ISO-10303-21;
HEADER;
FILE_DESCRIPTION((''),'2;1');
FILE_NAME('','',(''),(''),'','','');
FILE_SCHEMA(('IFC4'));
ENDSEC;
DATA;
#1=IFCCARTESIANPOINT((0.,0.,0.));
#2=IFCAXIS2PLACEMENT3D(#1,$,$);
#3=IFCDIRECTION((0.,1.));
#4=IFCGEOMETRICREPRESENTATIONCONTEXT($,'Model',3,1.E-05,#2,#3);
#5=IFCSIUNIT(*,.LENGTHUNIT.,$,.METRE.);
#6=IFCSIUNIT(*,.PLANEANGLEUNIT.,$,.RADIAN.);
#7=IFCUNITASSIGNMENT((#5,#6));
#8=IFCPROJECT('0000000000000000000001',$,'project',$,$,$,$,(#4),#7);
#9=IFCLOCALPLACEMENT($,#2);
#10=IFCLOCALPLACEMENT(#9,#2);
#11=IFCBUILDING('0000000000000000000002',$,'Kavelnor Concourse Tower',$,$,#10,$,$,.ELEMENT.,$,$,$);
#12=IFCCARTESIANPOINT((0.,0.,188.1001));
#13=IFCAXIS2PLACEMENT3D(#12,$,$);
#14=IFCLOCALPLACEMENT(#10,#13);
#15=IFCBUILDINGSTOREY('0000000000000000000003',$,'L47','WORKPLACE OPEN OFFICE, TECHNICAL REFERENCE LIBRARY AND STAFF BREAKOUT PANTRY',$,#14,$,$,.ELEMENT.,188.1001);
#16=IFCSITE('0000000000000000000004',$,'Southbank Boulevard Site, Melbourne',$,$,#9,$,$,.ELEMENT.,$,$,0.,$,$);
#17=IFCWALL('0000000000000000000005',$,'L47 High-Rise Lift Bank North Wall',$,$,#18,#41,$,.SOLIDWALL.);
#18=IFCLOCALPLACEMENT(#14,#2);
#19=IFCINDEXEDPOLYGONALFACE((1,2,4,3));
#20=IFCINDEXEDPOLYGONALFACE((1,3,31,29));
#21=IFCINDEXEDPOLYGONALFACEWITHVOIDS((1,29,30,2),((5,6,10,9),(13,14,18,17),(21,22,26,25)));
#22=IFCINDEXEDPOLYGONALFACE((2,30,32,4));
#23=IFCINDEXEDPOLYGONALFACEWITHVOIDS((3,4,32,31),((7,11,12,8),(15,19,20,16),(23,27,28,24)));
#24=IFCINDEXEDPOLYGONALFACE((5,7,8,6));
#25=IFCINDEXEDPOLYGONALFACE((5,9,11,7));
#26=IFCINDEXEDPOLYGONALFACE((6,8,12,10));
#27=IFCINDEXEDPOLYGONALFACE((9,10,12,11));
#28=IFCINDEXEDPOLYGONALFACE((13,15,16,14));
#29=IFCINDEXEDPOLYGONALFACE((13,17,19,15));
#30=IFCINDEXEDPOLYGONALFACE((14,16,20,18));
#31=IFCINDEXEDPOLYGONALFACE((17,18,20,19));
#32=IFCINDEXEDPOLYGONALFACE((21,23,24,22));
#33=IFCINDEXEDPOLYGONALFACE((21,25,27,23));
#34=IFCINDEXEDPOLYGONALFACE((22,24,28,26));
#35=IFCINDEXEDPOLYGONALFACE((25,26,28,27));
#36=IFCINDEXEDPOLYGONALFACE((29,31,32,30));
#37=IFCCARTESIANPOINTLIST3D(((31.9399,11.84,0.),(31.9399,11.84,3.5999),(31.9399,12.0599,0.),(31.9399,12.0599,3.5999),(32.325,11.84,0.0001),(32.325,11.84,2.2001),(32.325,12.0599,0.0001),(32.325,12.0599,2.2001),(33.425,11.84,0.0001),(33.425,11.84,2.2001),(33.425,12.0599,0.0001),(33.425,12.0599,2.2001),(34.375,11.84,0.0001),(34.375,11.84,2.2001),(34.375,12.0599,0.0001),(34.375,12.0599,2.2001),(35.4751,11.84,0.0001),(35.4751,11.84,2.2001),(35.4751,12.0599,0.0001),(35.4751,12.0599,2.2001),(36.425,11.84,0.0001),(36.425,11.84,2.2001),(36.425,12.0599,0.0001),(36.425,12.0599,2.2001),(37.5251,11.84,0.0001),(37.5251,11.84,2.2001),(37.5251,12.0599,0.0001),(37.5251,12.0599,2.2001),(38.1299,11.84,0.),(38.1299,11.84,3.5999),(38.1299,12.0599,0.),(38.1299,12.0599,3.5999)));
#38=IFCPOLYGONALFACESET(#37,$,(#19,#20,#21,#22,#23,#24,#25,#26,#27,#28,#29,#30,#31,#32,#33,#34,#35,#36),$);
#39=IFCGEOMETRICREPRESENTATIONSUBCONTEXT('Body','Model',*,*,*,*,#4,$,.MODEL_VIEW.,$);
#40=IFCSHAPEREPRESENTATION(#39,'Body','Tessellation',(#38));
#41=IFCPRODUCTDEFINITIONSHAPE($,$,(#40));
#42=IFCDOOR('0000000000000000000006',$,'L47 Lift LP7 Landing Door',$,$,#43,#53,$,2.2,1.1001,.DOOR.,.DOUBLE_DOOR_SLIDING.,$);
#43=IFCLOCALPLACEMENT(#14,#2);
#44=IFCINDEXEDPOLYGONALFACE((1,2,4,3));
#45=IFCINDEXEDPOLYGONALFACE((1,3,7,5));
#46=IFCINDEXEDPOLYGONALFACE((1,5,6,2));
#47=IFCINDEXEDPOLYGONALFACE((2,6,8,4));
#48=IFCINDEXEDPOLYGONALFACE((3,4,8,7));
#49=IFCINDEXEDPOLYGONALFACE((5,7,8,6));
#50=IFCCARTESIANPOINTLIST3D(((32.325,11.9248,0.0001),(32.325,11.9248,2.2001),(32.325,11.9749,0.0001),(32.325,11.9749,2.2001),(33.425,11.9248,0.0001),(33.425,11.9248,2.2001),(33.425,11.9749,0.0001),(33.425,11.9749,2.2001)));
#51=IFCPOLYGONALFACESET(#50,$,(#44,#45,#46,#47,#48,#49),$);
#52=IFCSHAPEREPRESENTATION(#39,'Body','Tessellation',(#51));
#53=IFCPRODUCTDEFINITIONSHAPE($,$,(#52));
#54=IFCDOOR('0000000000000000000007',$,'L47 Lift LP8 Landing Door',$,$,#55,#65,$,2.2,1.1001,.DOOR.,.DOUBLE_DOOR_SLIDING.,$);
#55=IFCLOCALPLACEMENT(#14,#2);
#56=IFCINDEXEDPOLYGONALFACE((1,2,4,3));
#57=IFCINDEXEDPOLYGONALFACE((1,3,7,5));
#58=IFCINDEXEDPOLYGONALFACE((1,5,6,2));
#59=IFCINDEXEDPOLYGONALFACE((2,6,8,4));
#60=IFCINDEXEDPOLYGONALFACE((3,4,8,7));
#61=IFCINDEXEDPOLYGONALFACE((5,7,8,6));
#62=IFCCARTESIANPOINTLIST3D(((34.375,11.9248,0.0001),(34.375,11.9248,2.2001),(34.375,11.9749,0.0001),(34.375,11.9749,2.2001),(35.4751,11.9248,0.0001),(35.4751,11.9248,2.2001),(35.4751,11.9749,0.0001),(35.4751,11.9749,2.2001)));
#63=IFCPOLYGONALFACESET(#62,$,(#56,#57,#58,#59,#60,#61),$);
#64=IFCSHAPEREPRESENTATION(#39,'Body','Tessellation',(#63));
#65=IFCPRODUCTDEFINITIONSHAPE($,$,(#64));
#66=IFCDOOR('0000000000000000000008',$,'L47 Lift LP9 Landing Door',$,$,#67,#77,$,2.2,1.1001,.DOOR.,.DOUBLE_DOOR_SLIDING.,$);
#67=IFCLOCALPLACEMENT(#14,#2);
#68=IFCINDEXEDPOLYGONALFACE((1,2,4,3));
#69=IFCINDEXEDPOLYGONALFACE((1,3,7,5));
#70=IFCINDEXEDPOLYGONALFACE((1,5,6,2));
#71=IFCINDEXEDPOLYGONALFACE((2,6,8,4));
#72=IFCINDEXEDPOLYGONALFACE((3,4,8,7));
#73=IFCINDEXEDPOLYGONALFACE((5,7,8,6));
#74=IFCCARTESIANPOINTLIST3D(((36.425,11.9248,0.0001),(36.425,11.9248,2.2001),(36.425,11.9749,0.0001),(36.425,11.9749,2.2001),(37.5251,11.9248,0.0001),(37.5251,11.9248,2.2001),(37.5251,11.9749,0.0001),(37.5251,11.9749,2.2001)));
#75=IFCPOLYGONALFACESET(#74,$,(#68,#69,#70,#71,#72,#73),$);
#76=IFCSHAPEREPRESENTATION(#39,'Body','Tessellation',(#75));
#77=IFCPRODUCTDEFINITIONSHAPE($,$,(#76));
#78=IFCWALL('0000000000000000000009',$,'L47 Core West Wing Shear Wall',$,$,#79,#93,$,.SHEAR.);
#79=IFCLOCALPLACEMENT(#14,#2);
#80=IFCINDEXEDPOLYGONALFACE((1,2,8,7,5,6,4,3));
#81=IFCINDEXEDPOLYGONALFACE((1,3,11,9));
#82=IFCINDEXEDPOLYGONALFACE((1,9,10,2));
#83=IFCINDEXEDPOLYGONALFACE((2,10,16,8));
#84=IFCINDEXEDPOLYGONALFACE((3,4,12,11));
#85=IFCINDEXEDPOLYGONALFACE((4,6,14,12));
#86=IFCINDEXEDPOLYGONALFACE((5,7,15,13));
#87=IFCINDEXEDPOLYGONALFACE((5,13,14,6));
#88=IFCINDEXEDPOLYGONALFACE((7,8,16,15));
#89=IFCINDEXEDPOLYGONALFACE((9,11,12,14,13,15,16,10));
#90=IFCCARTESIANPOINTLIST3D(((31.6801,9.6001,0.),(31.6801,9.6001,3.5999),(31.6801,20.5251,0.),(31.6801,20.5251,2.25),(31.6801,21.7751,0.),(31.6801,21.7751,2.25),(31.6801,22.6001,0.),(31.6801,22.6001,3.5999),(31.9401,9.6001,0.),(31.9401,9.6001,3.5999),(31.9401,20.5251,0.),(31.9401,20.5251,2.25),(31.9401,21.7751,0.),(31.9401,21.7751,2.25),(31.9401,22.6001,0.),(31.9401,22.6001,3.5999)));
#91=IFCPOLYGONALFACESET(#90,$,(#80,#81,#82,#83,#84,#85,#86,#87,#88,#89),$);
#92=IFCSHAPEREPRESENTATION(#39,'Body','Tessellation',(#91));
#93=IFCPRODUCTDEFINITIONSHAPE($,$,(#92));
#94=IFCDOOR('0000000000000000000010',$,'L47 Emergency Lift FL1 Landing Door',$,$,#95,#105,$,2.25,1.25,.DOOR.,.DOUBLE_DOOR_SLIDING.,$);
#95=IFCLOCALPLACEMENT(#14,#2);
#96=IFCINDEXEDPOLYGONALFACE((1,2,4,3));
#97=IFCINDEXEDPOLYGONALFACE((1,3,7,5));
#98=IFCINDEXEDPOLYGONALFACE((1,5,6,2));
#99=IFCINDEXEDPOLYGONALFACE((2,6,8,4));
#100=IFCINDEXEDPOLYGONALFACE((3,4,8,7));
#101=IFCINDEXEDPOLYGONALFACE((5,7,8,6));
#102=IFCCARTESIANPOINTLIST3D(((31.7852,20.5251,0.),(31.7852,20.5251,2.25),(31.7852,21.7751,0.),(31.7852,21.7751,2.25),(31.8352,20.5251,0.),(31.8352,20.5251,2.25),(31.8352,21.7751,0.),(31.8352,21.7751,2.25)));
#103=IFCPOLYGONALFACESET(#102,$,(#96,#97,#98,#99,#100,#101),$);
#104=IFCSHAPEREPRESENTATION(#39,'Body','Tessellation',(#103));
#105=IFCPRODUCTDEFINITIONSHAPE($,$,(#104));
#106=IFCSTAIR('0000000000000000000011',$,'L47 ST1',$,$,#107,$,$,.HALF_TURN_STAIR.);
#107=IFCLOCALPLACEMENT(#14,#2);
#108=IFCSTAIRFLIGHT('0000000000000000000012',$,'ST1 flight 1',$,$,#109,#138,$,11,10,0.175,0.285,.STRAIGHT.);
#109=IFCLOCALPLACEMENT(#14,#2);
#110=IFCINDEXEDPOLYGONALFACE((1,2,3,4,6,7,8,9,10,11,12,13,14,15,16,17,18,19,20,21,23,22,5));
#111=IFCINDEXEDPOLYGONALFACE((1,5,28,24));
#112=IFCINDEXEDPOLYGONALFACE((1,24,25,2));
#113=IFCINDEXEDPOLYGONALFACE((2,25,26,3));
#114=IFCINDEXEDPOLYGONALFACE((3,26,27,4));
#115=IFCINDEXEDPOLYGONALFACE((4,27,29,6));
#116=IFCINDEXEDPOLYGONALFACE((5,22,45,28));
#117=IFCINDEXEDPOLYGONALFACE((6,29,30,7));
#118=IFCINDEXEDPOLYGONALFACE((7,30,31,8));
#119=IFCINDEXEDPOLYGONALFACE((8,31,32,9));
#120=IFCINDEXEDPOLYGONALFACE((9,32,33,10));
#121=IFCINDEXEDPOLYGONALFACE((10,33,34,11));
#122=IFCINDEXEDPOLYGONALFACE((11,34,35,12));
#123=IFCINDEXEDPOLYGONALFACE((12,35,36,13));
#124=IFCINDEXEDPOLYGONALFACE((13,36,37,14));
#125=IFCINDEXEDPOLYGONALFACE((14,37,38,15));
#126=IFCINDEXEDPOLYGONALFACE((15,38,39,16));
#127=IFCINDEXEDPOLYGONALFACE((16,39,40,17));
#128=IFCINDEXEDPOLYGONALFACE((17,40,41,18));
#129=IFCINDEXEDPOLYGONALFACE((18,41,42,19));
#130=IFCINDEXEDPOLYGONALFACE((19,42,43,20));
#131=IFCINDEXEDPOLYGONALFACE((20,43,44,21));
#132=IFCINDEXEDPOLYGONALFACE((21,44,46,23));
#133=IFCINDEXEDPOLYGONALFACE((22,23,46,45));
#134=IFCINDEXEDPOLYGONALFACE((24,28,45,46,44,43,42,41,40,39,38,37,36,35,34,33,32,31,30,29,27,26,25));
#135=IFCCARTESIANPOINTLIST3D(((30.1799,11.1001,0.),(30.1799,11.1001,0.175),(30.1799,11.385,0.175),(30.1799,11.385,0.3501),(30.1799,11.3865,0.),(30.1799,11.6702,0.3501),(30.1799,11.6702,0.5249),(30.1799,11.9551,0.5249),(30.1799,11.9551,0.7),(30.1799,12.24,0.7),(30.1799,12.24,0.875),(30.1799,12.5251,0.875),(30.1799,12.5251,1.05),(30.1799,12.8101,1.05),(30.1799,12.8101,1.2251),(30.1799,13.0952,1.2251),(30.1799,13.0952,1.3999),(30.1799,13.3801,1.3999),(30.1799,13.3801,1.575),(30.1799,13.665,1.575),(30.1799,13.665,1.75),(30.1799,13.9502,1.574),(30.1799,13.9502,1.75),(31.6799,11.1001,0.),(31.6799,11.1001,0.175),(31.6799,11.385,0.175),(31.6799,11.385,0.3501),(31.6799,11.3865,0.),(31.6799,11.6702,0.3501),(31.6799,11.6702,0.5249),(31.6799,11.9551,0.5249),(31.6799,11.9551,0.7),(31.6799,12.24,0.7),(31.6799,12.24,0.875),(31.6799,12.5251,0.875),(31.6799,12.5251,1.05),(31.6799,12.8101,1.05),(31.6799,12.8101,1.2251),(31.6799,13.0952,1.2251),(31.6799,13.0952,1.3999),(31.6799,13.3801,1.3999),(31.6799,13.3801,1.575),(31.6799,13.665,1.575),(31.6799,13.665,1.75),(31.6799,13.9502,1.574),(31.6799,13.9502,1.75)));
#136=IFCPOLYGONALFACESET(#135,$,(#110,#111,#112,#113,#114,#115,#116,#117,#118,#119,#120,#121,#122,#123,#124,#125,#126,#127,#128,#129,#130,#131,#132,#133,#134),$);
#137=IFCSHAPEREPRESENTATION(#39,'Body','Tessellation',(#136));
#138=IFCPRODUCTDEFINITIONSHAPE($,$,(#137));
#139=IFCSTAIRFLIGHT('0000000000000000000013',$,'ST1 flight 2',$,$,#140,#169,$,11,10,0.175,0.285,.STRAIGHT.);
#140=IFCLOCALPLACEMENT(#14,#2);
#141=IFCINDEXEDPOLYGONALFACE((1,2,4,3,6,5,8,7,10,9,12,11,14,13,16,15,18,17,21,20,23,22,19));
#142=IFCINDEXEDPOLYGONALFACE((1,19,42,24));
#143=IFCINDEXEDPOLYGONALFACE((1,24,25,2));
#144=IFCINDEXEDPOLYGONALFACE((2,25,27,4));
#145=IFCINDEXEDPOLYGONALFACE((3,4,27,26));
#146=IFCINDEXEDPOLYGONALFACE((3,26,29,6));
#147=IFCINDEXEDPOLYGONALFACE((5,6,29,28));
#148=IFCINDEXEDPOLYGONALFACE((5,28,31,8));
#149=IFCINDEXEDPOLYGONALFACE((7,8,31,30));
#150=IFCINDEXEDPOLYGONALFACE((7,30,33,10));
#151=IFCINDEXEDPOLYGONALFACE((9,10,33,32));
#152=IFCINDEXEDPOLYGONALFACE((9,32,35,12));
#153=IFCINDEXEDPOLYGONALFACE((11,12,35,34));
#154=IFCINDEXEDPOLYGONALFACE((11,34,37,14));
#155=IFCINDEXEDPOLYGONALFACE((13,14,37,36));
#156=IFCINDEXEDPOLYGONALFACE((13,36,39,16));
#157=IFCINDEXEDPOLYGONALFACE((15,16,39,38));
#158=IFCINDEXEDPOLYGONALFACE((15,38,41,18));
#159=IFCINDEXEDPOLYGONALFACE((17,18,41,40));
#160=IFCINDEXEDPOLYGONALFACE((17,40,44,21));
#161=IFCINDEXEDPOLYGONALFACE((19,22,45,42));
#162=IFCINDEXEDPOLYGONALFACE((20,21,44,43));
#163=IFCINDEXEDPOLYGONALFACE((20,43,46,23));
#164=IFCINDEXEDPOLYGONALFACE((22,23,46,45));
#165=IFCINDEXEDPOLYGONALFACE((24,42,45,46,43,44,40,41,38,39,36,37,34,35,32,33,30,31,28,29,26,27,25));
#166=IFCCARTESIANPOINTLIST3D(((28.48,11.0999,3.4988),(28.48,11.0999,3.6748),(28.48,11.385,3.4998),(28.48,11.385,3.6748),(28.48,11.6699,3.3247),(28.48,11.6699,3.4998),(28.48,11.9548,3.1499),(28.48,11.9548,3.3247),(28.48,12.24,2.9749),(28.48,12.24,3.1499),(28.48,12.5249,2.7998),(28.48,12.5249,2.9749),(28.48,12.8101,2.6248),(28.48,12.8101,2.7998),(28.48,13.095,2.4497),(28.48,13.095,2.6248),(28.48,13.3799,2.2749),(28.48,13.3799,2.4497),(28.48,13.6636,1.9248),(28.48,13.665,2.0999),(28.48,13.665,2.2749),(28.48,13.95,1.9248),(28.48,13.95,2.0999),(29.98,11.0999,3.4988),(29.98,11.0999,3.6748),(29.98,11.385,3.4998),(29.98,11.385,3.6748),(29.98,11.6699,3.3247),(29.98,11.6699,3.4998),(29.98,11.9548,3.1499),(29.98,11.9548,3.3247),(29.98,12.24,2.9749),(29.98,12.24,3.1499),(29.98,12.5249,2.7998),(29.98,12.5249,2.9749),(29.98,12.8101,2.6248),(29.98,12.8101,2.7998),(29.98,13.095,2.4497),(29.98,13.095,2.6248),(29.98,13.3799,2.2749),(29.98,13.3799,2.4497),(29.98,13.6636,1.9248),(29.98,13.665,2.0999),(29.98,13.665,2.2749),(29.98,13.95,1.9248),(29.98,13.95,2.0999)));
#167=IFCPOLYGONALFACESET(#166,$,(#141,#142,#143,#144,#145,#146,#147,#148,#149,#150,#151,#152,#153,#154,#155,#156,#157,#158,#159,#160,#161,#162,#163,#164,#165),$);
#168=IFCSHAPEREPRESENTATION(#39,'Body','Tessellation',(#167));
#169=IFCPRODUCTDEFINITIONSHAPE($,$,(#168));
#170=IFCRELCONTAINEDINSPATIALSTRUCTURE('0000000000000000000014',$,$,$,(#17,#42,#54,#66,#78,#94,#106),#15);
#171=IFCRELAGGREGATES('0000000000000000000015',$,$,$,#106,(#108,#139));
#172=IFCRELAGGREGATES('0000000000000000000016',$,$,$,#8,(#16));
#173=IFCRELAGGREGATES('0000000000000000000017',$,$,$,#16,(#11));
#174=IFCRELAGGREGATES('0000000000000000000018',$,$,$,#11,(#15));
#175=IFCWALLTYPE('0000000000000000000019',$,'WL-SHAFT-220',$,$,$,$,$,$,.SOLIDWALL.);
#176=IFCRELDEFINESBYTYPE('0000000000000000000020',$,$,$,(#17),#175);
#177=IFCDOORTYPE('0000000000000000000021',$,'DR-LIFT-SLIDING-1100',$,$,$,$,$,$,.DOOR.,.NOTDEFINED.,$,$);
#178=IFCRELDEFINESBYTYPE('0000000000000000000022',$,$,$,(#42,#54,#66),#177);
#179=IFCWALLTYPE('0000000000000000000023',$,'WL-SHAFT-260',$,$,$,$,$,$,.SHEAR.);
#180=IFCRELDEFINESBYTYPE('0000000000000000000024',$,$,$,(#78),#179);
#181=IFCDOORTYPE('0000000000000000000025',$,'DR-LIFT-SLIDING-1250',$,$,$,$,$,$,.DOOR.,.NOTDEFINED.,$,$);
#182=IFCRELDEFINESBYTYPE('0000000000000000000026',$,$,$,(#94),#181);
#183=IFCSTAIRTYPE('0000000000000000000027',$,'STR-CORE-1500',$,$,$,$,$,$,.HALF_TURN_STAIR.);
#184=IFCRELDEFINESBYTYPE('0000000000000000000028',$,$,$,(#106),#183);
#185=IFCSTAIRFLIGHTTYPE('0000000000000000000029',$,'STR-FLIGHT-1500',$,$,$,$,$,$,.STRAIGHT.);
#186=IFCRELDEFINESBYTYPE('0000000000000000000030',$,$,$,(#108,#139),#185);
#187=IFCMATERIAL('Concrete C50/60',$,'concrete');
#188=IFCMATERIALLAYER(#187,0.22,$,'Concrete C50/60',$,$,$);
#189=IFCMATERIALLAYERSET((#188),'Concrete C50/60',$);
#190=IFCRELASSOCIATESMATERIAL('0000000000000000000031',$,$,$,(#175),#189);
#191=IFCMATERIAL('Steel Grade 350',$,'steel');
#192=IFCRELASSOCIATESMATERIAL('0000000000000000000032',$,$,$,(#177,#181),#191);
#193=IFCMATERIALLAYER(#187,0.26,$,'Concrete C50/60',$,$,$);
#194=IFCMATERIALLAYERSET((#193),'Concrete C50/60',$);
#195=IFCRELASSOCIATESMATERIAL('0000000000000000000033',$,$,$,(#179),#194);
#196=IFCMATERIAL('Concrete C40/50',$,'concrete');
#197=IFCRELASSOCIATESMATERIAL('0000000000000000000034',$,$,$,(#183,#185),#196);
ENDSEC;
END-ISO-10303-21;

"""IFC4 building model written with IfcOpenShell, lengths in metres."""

from ifc_helpers import new_model, si_unit, direction, frame, frame_2d, origin, place, context, subcontext, project, spatial, polyline, rectangle, outline, extrude, material, layer, layer_set, type_object, element, fill, aggregate, save


model = new_model("IFC4")

# Units and contexts
model_context = context("Model", 3, precision=1e-05, world=origin(), true_north=direction((0.0, 1.0)))
body_context = subcontext(model_context, "Body", "Model", "MODEL_VIEW")
ifc_project = project(units=[si_unit("LENGTHUNIT", "METRE"), si_unit("PLANEANGLEUNIT", "RADIAN")], contexts=[model_context])

# Site, building, storey
site_placement = place(None, origin())
site = spatial("IfcSite", under=ifc_project, at=site_placement, Name="Southbank Boulevard Site, Melbourne", CompositionType="ELEMENT", RefElevation=0.0)
building_placement = place(site_placement, origin())
building = spatial("IfcBuilding", under=site, at=building_placement, Name="Kavelnor Concourse Tower", CompositionType="ELEMENT")
storey_placement = place(building_placement, frame((0.0, 0.0, 188.1001)))
storey = spatial("IfcBuildingStorey", under=building, at=storey_placement, Name="L47", Description="WORKPLACE OPEN OFFICE, TECHNICAL REFERENCE LIBRARY AND STAFF BREAKOUT PANTRY", CompositionType="ELEMENT", Elevation=188.1001)

# Shared definitions
ifc_material_1 = material(Name="Steel Grade 350", Category="steel")

# Shared definitions
ifc_material_2 = material(Name="Concrete C50/60", Category="concrete")

# Shared definitions
ifc_layer_1 = layer(ifc_material_2, 0.22, Name="Concrete C50/60")
ifc_layer_set_1 = layer_set([ifc_layer_1], Name="Concrete C50/60")
wall_type_1 = type_object("IfcWallType", Name="WL-SHAFT-220", PredefinedType="SOLIDWALL", material=ifc_layer_set_1)

# Wall, openings, doors
wall_1_placement = place(storey_placement, frame((31.9399, 11.95, 0.0), z_axis=(0.0, 0.0, 1.0), x_axis=(1.0, 0.0, 0.0)))
wall_1 = element("IfcWall", 1, at=wall_1_placement, inside=storey, type_object=wall_type_1, Name="L47 High-Rise Lift Bank North Wall", PredefinedType="SOLIDWALL", context=body_context, shape_type="SweptSolid", body=[
    extrude(rectangle(XDim=6.1899, YDim=0.22, at=frame_2d((3.095, 0.0))), origin(), (0.0, 0.0, 1.0), 3.5999),
])
opening_1_placement = place(wall_1_placement, frame((0.385, 0.0, 0.0)))
opening_1 = element("IfcOpeningElement", 2, at=opening_1_placement, cuts=wall_1, PredefinedType="OPENING", context=body_context, shape_type="SweptSolid", body=[
    extrude(rectangle(XDim=1.1001, YDim=2.2, at=frame_2d((0.55, 1.1001))), frame((0.0, 0.1201, 0.0), z_axis=(0.0, -1.0, 0.0), x_axis=(1.0, 0.0, 0.0)), (0.0, 0.0, 1.0), 0.24),
])
opening_2_placement = place(wall_1_placement, frame((2.4351, 0.0, 0.0)))
opening_2 = element("IfcOpeningElement", 3, at=opening_2_placement, cuts=wall_1, PredefinedType="OPENING", context=body_context, shape_type="SweptSolid", body=[
    extrude(rectangle(XDim=1.1001, YDim=2.2, at=frame_2d((0.55, 1.1001))), frame((0.0, 0.1201, 0.0), z_axis=(0.0, -1.0, 0.0), x_axis=(1.0, 0.0, 0.0)), (0.0, 0.0, 1.0), 0.24),
])
opening_3_placement = place(wall_1_placement, frame((4.4851, 0.0, 0.0)))
opening_3 = element("IfcOpeningElement", 4, at=opening_3_placement, cuts=wall_1, PredefinedType="OPENING", context=body_context, shape_type="SweptSolid", body=[
    extrude(rectangle(XDim=1.1001, YDim=2.2, at=frame_2d((0.55, 1.1001))), frame((0.0, 0.1201, 0.0), z_axis=(0.0, -1.0, 0.0), x_axis=(1.0, 0.0, 0.0)), (0.0, 0.0, 1.0), 0.24),
])
door_type_1 = type_object("IfcDoorType", Name="DR-LIFT-SLIDING-1100", OperationType="NOTDEFINED", PredefinedType="DOOR", material=ifc_material_1)
door_1_placement = place(opening_1_placement, origin())
door_1 = element("IfcDoor", 5, at=door_1_placement, inside=storey, type_object=door_type_1, Name="L47 Lift LP7 Landing Door", OperationType="DOUBLE_DOOR_SLIDING", OverallHeight=2.2, OverallWidth=1.1001, PredefinedType="DOOR", context=body_context, shape_type="SweptSolid", body=[
    extrude(rectangle(XDim=1.1001, YDim=2.2, at=frame_2d((0.55, 1.1001))), frame((0.0, 0.0249, 0.0), z_axis=(0.0, -1.0, 0.0), x_axis=(1.0, 0.0, 0.0)), (0.0, 0.0, 1.0), 0.05),
])
fill(opening_1, door_1)
door_2_placement = place(opening_2_placement, origin())
door_2 = element("IfcDoor", 6, at=door_2_placement, inside=storey, type_object=door_type_1, Name="L47 Lift LP8 Landing Door", OperationType="DOUBLE_DOOR_SLIDING", OverallHeight=2.2, OverallWidth=1.1001, PredefinedType="DOOR", context=body_context, shape_type="SweptSolid", body=[
    extrude(rectangle(XDim=1.1001, YDim=2.2, at=frame_2d((0.55, 1.1001))), frame((0.0, 0.0249, 0.0), z_axis=(0.0, -1.0, 0.0), x_axis=(1.0, 0.0, 0.0)), (0.0, 0.0, 1.0), 0.05),
])
fill(opening_2, door_2)
door_3_placement = place(opening_3_placement, origin())
door_3 = element("IfcDoor", 7, at=door_3_placement, inside=storey, type_object=door_type_1, Name="L47 Lift LP9 Landing Door", OperationType="DOUBLE_DOOR_SLIDING", OverallHeight=2.2, OverallWidth=1.1001, PredefinedType="DOOR", context=body_context, shape_type="SweptSolid", body=[
    extrude(rectangle(XDim=1.1001, YDim=2.2, at=frame_2d((0.55, 1.1001))), frame((0.0, 0.0249, 0.0), z_axis=(0.0, -1.0, 0.0), x_axis=(1.0, 0.0, 0.0)), (0.0, 0.0, 1.0), 0.05),
])
fill(opening_3, door_3)

# Wall, opening, door
ifc_layer_2 = layer(ifc_material_2, 0.26, Name="Concrete C50/60")
ifc_layer_set_2 = layer_set([ifc_layer_2], Name="Concrete C50/60")
wall_type_2 = type_object("IfcWallType", Name="WL-SHAFT-260", PredefinedType="SHEAR", material=ifc_layer_set_2)
wall_2_placement = place(storey_placement, frame((31.8101, 9.6001, 0.0), z_axis=(0.0, 0.0, 1.0), x_axis=(0.0, 1.0, 0.0)))
wall_2 = element("IfcWall", 8, at=wall_2_placement, inside=storey, type_object=wall_type_2, Name="L47 Core West Wing Shear Wall", PredefinedType="SHEAR", context=body_context, shape_type="SweptSolid", body=[
    extrude(rectangle(XDim=13.0, YDim=0.26, at=frame_2d((6.5, 0.0))), origin(), (0.0, 0.0, 1.0), 3.5999),
])
opening_4_placement = place(wall_2_placement, frame((10.925, 0.0, 0.0)))
opening_4 = element("IfcOpeningElement", 9, at=opening_4_placement, cuts=wall_2, PredefinedType="OPENING", context=body_context, shape_type="SweptSolid", body=[
    extrude(rectangle(XDim=1.25, YDim=2.25, at=frame_2d((0.625, 1.125))), frame((0.0, 0.1401, 0.0), z_axis=(0.0, -1.0, 0.0), x_axis=(1.0, 0.0, 0.0)), (0.0, 0.0, 1.0), 0.28),
])
door_type_2 = type_object("IfcDoorType", Name="DR-LIFT-SLIDING-1250", OperationType="NOTDEFINED", PredefinedType="DOOR", material=ifc_material_1)
door_4_placement = place(opening_4_placement, origin())
door_4 = element("IfcDoor", 10, at=door_4_placement, inside=storey, type_object=door_type_2, Name="L47 Emergency Lift FL1 Landing Door", OperationType="DOUBLE_DOOR_SLIDING", OverallHeight=2.25, OverallWidth=1.25, PredefinedType="DOOR", context=body_context, shape_type="SweptSolid", body=[
    extrude(rectangle(XDim=1.25, YDim=2.25, at=frame_2d((0.625, 1.125))), frame((0.0, 0.0249, 0.0), z_axis=(0.0, -1.0, 0.0), x_axis=(1.0, 0.0, 0.0)), (0.0, 0.0, 1.0), 0.05),
])
fill(opening_4, door_4)

# Stair, stair flights
ifc_material_3 = material(Name="Concrete C40/50", Category="concrete")
stair_type = type_object("IfcStairType", Name="STR-CORE-1500", PredefinedType="HALF_TURN_STAIR", material=ifc_material_3)
stair_placement = place(storey_placement, origin())
stair = element("IfcStair", 11, at=stair_placement, inside=storey, type_object=stair_type, Name="L47 ST1", PredefinedType="HALF_TURN_STAIR")
stair_flight_type = type_object("IfcStairFlightType", Name="STR-FLIGHT-1500", PredefinedType="STRAIGHT", material=ifc_material_3)
stair_flight_1_placement = place(storey_placement, frame((30.9299, 11.1001, 0.0), z_axis=(0.0, 0.0, 1.0), x_axis=(0.0, 1.0, 0.0)))
stair_flight_1 = element("IfcStairFlight", 12, at=stair_flight_1_placement, type_object=stair_flight_type, Name="ST1 flight 1", NumberOfRisers=11, NumberOfTreads=10, PredefinedType="STRAIGHT", RiserHeight=0.175, TreadLength=0.285, context=body_context, shape_type="SweptSolid", body=[
    extrude(outline(polyline([(0.0, 0.0), (0.0, 0.175), (0.2849, 0.175), (0.2849, 0.3501), (0.5701, 0.3501), (0.5701, 0.5249), (0.855, 0.5249), (0.855, 0.7), (1.1399, 0.7), (1.1399, 0.875), (1.425, 0.875), (1.425, 1.05), (1.71, 1.05), (1.71, 1.2251), (1.9951, 1.2251), (1.9951, 1.3999), (2.28, 1.3999), (2.28, 1.575), (2.5649, 1.575), (2.5649, 1.75), (2.8501, 1.75), (2.8501, 1.925), (2.8501, 1.574), (0.2864, 0.0), (0.0, 0.0)])), frame((0.0, 0.75, 0.0), z_axis=(0.0, -1.0, 0.0), x_axis=(1.0, 0.0, 0.0)), (0.0, 0.0, 1.0), 1.5),
])
stair_flight_2_placement = place(storey_placement, frame((29.23, 13.95, 1.9248), z_axis=(0.0, 0.0, 1.0), x_axis=(0.0, -1.0, 0.0)))
stair_flight_2 = element("IfcStairFlight", 13, at=stair_flight_2_placement, type_object=stair_flight_type, Name="ST1 flight 2", NumberOfRisers=11, NumberOfTreads=10, PredefinedType="STRAIGHT", RiserHeight=0.175, TreadLength=0.285, context=body_context, shape_type="SweptSolid", body=[
    extrude(outline(polyline([(0.0, 0.0), (0.0, 0.175), (0.2849, 0.175), (0.2849, 0.3501), (0.5701, 0.3501), (0.5701, 0.5249), (0.855, 0.5249), (0.855, 0.7), (1.1399, 0.7), (1.1399, 0.875), (1.425, 0.875), (1.425, 1.05), (1.71, 1.05), (1.71, 1.2251), (1.9951, 1.2251), (1.9951, 1.3999), (2.28, 1.3999), (2.28, 1.575), (2.5649, 1.575), (2.5649, 1.75), (2.8501, 1.75), (2.8501, 1.925), (2.8501, 1.574), (0.2864, 0.0), (0.0, 0.0)])), frame((0.0, 0.75, 0.0), z_axis=(0.0, -1.0, 0.0), x_axis=(1.0, 0.0, 0.0)), (0.0, 0.0, 1.0), 1.5),
])
aggregate(stair, [stair_flight_1, stair_flight_2])

save(model, "model.ifc")
